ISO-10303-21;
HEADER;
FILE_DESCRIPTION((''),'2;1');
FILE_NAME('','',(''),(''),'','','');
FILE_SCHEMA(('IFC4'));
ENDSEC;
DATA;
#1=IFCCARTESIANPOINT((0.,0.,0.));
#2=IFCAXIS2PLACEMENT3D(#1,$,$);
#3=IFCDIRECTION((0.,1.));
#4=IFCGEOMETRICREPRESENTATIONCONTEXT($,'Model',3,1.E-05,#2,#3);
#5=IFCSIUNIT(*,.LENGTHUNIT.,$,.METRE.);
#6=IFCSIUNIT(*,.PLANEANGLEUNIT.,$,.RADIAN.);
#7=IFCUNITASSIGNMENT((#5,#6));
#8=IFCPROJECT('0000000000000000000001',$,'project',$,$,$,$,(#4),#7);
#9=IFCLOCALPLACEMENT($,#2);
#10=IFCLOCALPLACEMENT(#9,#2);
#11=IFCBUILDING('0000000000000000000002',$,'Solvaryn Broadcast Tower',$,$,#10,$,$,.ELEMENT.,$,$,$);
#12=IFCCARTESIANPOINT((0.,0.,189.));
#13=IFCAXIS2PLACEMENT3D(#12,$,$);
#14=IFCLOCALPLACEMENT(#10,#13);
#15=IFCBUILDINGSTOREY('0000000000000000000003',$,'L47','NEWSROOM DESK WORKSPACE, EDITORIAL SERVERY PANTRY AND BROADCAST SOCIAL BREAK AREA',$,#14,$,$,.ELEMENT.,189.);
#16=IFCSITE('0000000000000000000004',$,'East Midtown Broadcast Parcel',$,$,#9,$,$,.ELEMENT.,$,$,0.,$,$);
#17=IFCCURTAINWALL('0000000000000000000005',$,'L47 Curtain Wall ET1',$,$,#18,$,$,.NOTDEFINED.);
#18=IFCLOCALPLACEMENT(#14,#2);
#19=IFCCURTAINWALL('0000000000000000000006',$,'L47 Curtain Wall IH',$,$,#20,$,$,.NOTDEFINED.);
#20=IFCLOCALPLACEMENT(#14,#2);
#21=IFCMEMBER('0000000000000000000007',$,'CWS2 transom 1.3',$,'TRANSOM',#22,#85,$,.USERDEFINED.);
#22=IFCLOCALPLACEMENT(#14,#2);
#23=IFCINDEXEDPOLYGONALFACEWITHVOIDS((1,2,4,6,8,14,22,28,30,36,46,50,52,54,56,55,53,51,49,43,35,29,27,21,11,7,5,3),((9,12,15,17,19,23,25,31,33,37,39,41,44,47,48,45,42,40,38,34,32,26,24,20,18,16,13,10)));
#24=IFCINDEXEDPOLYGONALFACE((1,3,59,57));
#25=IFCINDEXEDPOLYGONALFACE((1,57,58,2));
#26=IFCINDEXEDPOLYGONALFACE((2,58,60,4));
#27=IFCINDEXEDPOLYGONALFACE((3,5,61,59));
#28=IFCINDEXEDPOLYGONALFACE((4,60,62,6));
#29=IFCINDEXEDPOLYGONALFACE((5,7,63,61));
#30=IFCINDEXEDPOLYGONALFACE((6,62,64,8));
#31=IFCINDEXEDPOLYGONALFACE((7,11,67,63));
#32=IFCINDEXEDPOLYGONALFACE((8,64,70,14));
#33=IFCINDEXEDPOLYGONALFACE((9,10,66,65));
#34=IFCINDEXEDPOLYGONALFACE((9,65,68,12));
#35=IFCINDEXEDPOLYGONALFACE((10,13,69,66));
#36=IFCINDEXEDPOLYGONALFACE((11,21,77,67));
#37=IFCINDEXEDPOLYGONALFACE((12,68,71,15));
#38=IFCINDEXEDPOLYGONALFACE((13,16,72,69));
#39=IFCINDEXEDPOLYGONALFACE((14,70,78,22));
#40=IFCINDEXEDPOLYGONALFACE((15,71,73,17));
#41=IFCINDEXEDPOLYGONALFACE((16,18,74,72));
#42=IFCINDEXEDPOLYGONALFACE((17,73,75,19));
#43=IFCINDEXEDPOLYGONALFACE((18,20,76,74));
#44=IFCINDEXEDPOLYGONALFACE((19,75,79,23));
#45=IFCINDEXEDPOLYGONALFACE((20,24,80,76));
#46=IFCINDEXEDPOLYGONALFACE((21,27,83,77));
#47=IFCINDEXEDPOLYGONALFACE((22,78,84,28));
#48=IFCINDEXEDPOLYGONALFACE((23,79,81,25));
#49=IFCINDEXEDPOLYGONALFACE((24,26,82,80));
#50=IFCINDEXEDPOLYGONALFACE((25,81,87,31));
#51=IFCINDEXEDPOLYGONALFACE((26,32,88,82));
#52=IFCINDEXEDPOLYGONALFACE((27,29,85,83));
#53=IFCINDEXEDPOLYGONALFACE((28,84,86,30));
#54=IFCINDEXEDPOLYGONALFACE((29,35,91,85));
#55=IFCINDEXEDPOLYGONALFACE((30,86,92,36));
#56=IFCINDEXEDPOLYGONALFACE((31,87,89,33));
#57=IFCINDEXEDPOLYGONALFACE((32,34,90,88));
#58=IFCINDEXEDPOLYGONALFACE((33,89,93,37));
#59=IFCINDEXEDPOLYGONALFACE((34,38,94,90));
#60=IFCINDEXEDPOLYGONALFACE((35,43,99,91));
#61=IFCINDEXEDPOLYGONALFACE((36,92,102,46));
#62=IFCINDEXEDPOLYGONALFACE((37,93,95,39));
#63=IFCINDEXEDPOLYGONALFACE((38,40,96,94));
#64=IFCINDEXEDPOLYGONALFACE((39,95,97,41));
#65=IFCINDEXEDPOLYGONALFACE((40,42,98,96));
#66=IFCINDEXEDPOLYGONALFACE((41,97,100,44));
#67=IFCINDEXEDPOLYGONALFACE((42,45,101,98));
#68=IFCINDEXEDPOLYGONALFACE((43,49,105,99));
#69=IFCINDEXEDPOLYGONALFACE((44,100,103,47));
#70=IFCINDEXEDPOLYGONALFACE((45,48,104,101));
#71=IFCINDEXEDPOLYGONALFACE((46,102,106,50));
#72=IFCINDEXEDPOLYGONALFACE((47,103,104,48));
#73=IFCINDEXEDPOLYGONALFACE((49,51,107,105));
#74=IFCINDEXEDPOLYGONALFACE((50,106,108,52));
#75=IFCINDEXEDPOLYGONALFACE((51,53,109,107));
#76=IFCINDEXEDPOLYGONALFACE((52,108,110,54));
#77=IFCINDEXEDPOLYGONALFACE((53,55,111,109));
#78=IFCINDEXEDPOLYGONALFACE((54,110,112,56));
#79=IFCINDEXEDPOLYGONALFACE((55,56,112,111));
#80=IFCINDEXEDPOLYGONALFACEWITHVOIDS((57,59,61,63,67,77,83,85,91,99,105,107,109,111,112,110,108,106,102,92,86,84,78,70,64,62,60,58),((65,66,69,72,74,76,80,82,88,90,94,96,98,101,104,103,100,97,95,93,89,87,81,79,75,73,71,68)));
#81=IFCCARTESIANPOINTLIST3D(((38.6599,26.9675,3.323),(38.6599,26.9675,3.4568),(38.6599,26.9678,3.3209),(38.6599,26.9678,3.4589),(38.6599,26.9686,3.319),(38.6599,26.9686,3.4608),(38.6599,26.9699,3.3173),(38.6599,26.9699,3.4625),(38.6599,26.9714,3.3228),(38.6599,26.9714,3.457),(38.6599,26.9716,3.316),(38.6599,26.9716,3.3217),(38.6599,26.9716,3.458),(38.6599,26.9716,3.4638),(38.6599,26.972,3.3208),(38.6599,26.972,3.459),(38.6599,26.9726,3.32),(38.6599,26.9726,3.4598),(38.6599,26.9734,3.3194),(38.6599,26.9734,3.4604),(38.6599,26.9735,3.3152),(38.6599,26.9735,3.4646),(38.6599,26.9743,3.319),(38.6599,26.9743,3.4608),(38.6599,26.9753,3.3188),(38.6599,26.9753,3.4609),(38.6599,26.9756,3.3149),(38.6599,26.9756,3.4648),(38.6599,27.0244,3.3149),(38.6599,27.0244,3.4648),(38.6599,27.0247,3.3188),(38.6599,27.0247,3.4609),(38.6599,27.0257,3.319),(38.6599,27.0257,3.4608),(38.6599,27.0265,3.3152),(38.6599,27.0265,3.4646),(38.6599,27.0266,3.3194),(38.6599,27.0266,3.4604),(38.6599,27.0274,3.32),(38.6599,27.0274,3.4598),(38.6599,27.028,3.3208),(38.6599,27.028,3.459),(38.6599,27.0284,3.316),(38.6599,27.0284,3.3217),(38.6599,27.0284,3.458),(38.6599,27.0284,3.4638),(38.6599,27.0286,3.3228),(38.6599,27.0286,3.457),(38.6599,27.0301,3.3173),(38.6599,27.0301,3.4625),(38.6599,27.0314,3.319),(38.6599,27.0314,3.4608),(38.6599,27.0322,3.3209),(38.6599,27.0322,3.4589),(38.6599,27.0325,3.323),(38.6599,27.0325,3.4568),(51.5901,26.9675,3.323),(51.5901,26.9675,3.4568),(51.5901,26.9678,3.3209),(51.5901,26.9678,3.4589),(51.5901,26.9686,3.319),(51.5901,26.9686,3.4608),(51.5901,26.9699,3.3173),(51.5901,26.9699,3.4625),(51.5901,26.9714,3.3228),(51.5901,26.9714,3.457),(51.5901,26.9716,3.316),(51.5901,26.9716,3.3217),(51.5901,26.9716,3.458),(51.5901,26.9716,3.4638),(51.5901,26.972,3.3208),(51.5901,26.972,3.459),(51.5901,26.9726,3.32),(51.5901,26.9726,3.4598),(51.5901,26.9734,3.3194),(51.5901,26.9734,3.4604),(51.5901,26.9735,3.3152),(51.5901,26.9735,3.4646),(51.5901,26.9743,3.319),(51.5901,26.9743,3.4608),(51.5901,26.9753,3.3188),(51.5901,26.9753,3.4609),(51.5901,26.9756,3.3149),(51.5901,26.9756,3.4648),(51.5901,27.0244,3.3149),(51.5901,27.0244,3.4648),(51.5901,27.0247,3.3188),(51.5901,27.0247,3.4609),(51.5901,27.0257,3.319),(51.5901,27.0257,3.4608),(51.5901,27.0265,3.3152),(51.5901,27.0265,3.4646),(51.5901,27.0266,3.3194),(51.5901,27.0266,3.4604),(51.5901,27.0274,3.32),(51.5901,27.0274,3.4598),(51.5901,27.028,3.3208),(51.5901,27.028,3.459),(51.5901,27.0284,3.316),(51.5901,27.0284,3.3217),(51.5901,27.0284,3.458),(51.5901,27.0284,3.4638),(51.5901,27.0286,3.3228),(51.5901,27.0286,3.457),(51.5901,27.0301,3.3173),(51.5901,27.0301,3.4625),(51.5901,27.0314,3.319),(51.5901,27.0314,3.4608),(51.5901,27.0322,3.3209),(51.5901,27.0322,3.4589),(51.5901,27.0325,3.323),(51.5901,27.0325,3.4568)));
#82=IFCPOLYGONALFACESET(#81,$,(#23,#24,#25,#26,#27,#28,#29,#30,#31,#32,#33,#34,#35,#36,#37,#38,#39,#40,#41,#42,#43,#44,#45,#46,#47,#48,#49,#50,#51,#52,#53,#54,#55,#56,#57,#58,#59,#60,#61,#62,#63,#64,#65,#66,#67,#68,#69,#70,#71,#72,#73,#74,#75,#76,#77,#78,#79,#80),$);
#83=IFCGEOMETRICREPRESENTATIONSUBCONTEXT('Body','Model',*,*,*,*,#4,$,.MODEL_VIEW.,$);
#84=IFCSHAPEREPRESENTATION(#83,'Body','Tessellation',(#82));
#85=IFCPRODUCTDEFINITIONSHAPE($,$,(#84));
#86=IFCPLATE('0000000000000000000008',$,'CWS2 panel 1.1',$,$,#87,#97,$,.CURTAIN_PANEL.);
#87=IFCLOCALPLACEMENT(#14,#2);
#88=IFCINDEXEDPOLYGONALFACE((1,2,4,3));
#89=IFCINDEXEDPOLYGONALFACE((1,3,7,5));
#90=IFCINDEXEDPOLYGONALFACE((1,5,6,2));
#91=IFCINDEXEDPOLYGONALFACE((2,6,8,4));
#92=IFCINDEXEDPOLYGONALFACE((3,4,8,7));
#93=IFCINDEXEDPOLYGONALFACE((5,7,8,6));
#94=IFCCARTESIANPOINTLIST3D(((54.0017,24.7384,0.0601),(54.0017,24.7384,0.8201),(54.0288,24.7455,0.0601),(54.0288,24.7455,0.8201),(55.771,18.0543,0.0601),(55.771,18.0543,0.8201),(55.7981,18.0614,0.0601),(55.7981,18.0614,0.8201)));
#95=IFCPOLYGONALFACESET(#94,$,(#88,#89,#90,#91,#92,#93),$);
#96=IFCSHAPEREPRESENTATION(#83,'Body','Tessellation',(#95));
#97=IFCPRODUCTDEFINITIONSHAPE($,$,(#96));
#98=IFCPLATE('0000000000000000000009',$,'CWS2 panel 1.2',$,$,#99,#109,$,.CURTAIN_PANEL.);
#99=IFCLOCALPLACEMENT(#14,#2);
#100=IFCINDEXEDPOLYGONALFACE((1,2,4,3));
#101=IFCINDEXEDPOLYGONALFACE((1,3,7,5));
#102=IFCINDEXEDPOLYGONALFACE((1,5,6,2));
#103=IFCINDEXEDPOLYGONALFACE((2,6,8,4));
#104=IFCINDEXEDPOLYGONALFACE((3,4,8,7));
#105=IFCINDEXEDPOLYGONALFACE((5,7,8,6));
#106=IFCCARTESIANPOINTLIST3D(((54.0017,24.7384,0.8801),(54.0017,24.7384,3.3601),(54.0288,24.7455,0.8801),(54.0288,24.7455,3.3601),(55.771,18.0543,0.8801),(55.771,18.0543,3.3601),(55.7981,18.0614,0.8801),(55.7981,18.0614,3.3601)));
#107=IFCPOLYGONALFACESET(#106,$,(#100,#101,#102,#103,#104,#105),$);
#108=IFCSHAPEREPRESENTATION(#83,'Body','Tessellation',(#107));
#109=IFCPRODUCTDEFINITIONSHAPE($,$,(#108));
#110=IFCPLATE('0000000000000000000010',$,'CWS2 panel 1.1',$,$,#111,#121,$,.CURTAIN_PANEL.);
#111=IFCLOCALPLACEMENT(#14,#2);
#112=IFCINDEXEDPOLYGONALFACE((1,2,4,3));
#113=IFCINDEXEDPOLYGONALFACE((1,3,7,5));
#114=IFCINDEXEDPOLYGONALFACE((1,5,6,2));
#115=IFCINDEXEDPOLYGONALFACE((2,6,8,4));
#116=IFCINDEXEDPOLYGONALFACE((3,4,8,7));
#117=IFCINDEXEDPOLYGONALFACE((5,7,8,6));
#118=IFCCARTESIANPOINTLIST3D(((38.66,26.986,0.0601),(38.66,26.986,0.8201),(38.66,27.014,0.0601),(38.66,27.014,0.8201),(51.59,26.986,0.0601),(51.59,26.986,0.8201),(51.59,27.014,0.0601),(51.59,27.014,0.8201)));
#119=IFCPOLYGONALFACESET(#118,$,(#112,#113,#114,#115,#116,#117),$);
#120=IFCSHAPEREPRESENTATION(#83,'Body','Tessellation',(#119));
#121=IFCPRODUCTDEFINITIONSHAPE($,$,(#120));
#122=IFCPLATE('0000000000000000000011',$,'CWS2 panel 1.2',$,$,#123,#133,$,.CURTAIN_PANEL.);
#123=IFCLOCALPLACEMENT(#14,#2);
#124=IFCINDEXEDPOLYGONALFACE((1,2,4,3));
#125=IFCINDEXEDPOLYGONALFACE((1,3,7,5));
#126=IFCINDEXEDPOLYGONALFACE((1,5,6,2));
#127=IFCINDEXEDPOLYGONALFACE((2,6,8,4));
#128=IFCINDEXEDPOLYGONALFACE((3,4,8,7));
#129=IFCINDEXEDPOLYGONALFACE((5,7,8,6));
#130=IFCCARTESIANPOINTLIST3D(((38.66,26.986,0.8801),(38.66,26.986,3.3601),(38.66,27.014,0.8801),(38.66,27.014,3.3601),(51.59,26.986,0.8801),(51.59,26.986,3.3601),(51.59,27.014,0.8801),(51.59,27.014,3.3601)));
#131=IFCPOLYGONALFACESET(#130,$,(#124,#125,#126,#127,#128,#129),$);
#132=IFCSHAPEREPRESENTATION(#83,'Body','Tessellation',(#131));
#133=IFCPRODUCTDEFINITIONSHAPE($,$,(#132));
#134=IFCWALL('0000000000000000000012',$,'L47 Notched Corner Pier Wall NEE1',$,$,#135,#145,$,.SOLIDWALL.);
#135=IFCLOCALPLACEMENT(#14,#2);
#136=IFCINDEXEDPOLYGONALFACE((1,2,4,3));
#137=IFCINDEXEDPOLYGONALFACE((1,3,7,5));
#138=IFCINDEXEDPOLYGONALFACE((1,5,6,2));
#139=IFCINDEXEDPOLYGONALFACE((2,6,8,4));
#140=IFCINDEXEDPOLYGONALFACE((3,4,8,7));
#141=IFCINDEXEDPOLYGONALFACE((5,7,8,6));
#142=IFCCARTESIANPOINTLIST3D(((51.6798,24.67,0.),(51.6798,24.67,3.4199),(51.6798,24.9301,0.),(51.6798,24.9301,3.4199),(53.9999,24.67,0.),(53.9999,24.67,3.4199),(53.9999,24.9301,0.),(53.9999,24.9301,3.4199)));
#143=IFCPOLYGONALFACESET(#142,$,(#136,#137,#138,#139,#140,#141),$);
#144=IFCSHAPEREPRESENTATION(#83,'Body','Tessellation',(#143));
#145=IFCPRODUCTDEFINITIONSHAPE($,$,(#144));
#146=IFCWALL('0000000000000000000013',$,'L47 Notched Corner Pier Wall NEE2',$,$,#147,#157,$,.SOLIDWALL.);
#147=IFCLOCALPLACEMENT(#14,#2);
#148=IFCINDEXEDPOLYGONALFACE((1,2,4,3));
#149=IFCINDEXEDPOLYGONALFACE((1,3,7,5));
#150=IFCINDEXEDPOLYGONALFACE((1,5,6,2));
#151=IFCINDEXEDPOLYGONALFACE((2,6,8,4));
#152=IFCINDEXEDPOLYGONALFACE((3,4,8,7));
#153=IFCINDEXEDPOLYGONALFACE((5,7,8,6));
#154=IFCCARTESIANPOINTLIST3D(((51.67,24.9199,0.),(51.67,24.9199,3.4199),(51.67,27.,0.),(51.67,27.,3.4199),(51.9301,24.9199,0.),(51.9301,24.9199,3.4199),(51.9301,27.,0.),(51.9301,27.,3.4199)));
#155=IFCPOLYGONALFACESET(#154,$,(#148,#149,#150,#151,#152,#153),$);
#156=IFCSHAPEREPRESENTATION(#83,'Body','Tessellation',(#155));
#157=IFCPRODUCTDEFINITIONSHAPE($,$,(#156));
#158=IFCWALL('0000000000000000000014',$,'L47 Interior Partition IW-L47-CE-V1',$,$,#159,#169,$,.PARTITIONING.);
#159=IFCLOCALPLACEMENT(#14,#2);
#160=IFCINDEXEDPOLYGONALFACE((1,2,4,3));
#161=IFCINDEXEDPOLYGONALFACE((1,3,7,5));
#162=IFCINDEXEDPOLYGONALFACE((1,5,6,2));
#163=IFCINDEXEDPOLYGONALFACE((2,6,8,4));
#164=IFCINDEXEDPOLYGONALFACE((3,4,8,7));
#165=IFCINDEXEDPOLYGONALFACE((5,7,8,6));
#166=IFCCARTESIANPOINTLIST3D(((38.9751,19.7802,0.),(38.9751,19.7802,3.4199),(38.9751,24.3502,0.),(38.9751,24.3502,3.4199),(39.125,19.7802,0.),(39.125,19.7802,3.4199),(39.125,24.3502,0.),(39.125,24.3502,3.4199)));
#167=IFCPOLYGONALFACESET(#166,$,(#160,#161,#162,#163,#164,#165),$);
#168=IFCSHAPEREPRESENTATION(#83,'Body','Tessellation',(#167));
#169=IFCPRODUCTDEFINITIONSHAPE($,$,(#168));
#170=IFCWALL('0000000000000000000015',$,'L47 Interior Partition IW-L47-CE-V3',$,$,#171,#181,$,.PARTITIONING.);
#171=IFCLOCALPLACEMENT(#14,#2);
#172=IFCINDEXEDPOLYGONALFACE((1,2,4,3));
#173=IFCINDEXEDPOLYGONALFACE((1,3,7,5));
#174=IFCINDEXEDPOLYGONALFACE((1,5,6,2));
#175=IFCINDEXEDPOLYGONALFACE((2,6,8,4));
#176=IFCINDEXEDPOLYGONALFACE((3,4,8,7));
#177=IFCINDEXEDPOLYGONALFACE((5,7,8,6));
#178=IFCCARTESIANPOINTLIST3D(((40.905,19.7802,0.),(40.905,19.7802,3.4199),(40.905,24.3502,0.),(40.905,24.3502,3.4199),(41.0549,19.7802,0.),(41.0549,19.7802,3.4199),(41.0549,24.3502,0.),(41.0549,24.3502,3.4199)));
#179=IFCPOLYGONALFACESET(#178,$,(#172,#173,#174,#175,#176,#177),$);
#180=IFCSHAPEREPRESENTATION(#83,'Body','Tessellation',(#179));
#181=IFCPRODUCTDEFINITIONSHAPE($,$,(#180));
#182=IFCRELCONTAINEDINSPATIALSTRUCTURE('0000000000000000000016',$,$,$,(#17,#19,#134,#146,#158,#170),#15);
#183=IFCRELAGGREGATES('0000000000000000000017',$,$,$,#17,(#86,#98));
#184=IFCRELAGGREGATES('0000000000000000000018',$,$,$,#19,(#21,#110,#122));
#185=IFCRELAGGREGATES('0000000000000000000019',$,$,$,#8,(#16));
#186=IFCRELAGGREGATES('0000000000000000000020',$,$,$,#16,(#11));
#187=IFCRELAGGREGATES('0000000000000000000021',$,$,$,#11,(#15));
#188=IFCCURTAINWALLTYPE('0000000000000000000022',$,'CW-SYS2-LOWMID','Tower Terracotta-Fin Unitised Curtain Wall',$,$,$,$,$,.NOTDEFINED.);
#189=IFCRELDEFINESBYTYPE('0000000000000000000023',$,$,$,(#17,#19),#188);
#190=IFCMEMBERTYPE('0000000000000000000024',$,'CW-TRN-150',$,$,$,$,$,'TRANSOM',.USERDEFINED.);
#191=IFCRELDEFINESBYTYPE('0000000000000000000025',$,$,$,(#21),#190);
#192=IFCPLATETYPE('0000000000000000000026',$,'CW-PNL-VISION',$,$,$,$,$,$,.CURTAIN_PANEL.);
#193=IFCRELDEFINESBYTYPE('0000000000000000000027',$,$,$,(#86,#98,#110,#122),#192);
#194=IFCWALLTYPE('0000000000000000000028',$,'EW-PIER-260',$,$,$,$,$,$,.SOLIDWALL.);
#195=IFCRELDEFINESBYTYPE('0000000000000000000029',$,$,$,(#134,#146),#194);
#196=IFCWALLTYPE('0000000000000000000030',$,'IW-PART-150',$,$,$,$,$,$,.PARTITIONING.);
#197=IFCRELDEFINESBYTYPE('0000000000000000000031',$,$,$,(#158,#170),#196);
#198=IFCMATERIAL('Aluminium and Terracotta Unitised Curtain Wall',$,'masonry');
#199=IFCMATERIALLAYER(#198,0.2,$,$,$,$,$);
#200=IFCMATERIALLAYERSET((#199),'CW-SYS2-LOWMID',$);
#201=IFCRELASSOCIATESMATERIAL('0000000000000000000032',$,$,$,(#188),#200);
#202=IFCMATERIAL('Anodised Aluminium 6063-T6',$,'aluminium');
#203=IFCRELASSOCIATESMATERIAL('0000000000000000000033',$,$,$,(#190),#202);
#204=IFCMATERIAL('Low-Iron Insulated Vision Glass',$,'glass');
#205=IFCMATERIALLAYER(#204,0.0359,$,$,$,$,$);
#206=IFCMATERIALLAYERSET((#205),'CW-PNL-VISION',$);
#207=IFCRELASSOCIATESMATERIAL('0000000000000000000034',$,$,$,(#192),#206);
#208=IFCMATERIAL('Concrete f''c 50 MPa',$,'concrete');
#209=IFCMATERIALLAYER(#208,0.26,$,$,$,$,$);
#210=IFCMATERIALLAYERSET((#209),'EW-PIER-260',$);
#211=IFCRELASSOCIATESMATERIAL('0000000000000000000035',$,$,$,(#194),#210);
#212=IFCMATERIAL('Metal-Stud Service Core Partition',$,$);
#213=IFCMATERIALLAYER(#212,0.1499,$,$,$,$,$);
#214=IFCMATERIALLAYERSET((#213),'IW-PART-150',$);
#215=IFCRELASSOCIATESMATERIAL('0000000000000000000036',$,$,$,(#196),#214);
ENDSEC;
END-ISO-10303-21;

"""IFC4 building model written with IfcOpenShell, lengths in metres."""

from ifc_helpers import new_model, si_unit, direction, frame, frame_2d, origin, origin_2d, place, context, subcontext, project, spatial, rectangle, hollow_rectangle, extrude, material, layer, layer_set, material_profile, profile_set, type_object, element, aggregate, save


model = new_model("IFC4")

# Units and contexts
model_context = context("Model", 3, precision=1e-05, world=origin(), true_north=direction((0.0, 1.0)))
body_context = subcontext(model_context, "Body", "Model", "MODEL_VIEW")
ifc_project = project(units=[si_unit("LENGTHUNIT", "METRE"), si_unit("PLANEANGLEUNIT", "RADIAN")], contexts=[model_context])

# Site, building, storey
site_placement = place(None, origin())
site = spatial("IfcSite", under=ifc_project, at=site_placement, Name="East Midtown Broadcast Parcel", CompositionType="ELEMENT", RefElevation=0.0)
building_placement = place(site_placement, origin())
building = spatial("IfcBuilding", under=site, at=building_placement, Name="Solvaryn Broadcast Tower", CompositionType="ELEMENT")
storey_placement = place(building_placement, frame((0.0, 0.0, 189.0)))
storey = spatial("IfcBuildingStorey", under=building, at=storey_placement, Name="L47", Description="NEWSROOM DESK WORKSPACE, EDITORIAL SERVERY PANTRY AND BROADCAST SOCIAL BREAK AREA", CompositionType="ELEMENT", Elevation=189.0)

# Curtain walls
ifc_material_1 = material(Name="Aluminium and Terracotta Unitised Curtain Wall", Category="masonry")
ifc_layer_1 = layer(ifc_material_1, 0.2)
ifc_layer_set_1 = layer_set([ifc_layer_1], Name="CW-SYS2-LOWMID")
curtain_wall_type = type_object("IfcCurtainWallType", Name="CW-SYS2-LOWMID", Description="Tower Terracotta-Fin Unitised Curtain Wall", PredefinedType="NOTDEFINED", material=ifc_layer_set_1)
curtain_wall_1_placement = place(storey_placement, origin())
curtain_wall_1 = element("IfcCurtainWall", 1, at=curtain_wall_1_placement, inside=storey, type_object=curtain_wall_type, Name="L47 Curtain Wall ET1", PredefinedType="NOTDEFINED")
curtain_wall_2_placement = place(storey_placement, origin())
curtain_wall_2 = element("IfcCurtainWall", 2, at=curtain_wall_2_placement, inside=storey, type_object=curtain_wall_type, Name="L47 Curtain Wall IH", PredefinedType="NOTDEFINED")

# Member
ifc_material_2 = material(Name="Anodised Aluminium 6063-T6", Category="aluminium")
ifc_material_profile_1 = material_profile(ifc_material_2, hollow_rectangle(XDim=0.0649, YDim=0.1499, WallThickness=0.0039, InnerFilletRadius=0.0039, OuterFilletRadius=0.0081, at=origin_2d()))
ifc_profile_set_1 = profile_set([ifc_material_profile_1], Name="Anodised Aluminium 6063-T6")
member_type_1 = type_object("IfcMemberType", Name="CW-TRN-150", ElementType="TRANSOM", PredefinedType="USERDEFINED", material=ifc_profile_set_1)
member_1_placement = place(storey_placement, frame((38.6599, 27.0, 3.3899), z_axis=(1.0, 0.0, 0.0), x_axis=(0.0, 1.0, 0.0)))
member_1 = element("IfcMember", 3, at=member_1_placement, type_object=member_type_1, Name="CWS2 transom 1.3", ObjectType="TRANSOM", PredefinedType="USERDEFINED", context=body_context, shape_type="SweptSolid", body=[
    extrude(hollow_rectangle(XDim=0.0649, YDim=0.1499, WallThickness=0.0039, InnerFilletRadius=0.0039, OuterFilletRadius=0.0081, at=origin_2d()), origin(), (0.0, 0.0, 1.0), 12.9302),
])

# Plates
ifc_material_3 = material(Name="Low-Iron Insulated Vision Glass", Category="glass")
ifc_layer_2 = layer(ifc_material_3, 0.0359)
ifc_layer_set_2 = layer_set([ifc_layer_2], Name="CW-PNL-VISION")
plate_type = type_object("IfcPlateType", Name="CW-PNL-VISION", PredefinedType="CURTAIN_PANEL", material=ifc_layer_set_2)
plate_1_placement = place(storey_placement, frame((54.8999, 21.3999, 0.0601), z_axis=(0.0, 0.0, 1.0), x_axis=(0.255893, -0.966705, 0.0)))
plate_1 = element("IfcPlate", 4, at=plate_1_placement, type_object=plate_type, Name="CWS2 panel 1.1", PredefinedType="CURTAIN_PANEL", context=body_context, shape_type="SweptSolid", body=[
    extrude(rectangle(XDim=6.9143, YDim=0.0281, at=origin_2d()), origin(), (0.0, 0.0, 1.0), 0.76),
])
plate_2_placement = place(storey_placement, frame((54.8999, 21.3999, 0.8801), z_axis=(0.0, 0.0, 1.0), x_axis=(0.255893, -0.966705, 0.0)))
plate_2 = element("IfcPlate", 5, at=plate_2_placement, type_object=plate_type, Name="CWS2 panel 1.2", PredefinedType="CURTAIN_PANEL", context=body_context, shape_type="SweptSolid", body=[
    extrude(rectangle(XDim=6.9143, YDim=0.0281, at=origin_2d()), origin(), (0.0, 0.0, 1.0), 2.48),
])
aggregate(curtain_wall_1, [plate_1, plate_2])
plate_3_placement = place(storey_placement, frame((45.125, 27.0, 0.0601), z_axis=(0.0, 0.0, 1.0), x_axis=(1.0, 0.0, 0.0)))
plate_3 = element("IfcPlate", 6, at=plate_3_placement, type_object=plate_type, Name="CWS2 panel 1.1", PredefinedType="CURTAIN_PANEL", context=body_context, shape_type="SweptSolid", body=[
    extrude(rectangle(XDim=12.9299, YDim=0.0281, at=origin_2d()), origin(), (0.0, 0.0, 1.0), 0.76),
])
plate_4_placement = place(storey_placement, frame((45.125, 27.0, 0.8801), z_axis=(0.0, 0.0, 1.0), x_axis=(1.0, 0.0, 0.0)))
plate_4 = element("IfcPlate", 7, at=plate_4_placement, type_object=plate_type, Name="CWS2 panel 1.2", PredefinedType="CURTAIN_PANEL", context=body_context, shape_type="SweptSolid", body=[
    extrude(rectangle(XDim=12.9299, YDim=0.0281, at=origin_2d()), origin(), (0.0, 0.0, 1.0), 2.48),
])
aggregate(curtain_wall_2, [member_1, plate_3, plate_4])

# Walls
ifc_material_4 = material(Name="Concrete f'c 50 MPa", Category="concrete")
ifc_layer_3 = layer(ifc_material_4, 0.26)
ifc_layer_set_3 = layer_set([ifc_layer_3], Name="EW-PIER-260")
wall_type_1 = type_object("IfcWallType", Name="EW-PIER-260", PredefinedType="SOLIDWALL", material=ifc_layer_set_3)
wall_1_placement = place(storey_placement, frame((54.0, 24.8, 0.0), z_axis=(0.0, 0.0, 1.0), x_axis=(-1.0, 0.0, 0.0)))
element("IfcWall", 8, at=wall_1_placement, inside=storey, type_object=wall_type_1, Name="L47 Notched Corner Pier Wall NEE1", PredefinedType="SOLIDWALL", context=body_context, shape_type="SweptSolid", body=[
    extrude(rectangle(XDim=2.3201, YDim=0.26, at=frame_2d((1.1602, 0.0))), origin(), (0.0, 0.0, 1.0), 3.4199),
])
wall_2_placement = place(storey_placement, frame((51.8, 24.9199, 0.0), z_axis=(0.0, 0.0, 1.0), x_axis=(0.0, 1.0, 0.0)))
element("IfcWall", 9, at=wall_2_placement, inside=storey, type_object=wall_type_1, Name="L47 Notched Corner Pier Wall NEE2", PredefinedType="SOLIDWALL", context=body_context, shape_type="SweptSolid", body=[
    extrude(rectangle(XDim=2.0801, YDim=0.26, at=frame_2d((1.04, 0.0))), origin(), (0.0, 0.0, 1.0), 3.4199),
])
ifc_material_5 = material(Name="Metal-Stud Service Core Partition")
ifc_layer_4 = layer(ifc_material_5, 0.1499)
ifc_layer_set_4 = layer_set([ifc_layer_4], Name="IW-PART-150")
wall_type_2 = type_object("IfcWallType", Name="IW-PART-150", PredefinedType="PARTITIONING", material=ifc_layer_set_4)
for number, where, z_axis, x_axis, name in (
    (10, (39.05, 19.78, 0.0), (0.0, 0.0, 1.0), (0.0, 1.0, 0.0), "L47 Interior Partition IW-L47-CE-V1"),
    (11, (40.98, 19.78, 0.0), (0.0, 0.0, 1.0), (0.0, 1.0, 0.0), "L47 Interior Partition IW-L47-CE-V3"),
):
    element("IfcWall", number, at=place(storey_placement, frame(where, z_axis=z_axis, x_axis=x_axis)), inside=storey, type_object=wall_type_2, Name=name, PredefinedType="PARTITIONING", context=body_context, shape_type="SweptSolid", body=[
        extrude(rectangle(XDim=4.5701, YDim=0.1499, at=frame_2d((2.2852, 0.0))), origin(), (0.0, 0.0, 1.0), 3.4199),
    ])

save(model, "model.ifc")
